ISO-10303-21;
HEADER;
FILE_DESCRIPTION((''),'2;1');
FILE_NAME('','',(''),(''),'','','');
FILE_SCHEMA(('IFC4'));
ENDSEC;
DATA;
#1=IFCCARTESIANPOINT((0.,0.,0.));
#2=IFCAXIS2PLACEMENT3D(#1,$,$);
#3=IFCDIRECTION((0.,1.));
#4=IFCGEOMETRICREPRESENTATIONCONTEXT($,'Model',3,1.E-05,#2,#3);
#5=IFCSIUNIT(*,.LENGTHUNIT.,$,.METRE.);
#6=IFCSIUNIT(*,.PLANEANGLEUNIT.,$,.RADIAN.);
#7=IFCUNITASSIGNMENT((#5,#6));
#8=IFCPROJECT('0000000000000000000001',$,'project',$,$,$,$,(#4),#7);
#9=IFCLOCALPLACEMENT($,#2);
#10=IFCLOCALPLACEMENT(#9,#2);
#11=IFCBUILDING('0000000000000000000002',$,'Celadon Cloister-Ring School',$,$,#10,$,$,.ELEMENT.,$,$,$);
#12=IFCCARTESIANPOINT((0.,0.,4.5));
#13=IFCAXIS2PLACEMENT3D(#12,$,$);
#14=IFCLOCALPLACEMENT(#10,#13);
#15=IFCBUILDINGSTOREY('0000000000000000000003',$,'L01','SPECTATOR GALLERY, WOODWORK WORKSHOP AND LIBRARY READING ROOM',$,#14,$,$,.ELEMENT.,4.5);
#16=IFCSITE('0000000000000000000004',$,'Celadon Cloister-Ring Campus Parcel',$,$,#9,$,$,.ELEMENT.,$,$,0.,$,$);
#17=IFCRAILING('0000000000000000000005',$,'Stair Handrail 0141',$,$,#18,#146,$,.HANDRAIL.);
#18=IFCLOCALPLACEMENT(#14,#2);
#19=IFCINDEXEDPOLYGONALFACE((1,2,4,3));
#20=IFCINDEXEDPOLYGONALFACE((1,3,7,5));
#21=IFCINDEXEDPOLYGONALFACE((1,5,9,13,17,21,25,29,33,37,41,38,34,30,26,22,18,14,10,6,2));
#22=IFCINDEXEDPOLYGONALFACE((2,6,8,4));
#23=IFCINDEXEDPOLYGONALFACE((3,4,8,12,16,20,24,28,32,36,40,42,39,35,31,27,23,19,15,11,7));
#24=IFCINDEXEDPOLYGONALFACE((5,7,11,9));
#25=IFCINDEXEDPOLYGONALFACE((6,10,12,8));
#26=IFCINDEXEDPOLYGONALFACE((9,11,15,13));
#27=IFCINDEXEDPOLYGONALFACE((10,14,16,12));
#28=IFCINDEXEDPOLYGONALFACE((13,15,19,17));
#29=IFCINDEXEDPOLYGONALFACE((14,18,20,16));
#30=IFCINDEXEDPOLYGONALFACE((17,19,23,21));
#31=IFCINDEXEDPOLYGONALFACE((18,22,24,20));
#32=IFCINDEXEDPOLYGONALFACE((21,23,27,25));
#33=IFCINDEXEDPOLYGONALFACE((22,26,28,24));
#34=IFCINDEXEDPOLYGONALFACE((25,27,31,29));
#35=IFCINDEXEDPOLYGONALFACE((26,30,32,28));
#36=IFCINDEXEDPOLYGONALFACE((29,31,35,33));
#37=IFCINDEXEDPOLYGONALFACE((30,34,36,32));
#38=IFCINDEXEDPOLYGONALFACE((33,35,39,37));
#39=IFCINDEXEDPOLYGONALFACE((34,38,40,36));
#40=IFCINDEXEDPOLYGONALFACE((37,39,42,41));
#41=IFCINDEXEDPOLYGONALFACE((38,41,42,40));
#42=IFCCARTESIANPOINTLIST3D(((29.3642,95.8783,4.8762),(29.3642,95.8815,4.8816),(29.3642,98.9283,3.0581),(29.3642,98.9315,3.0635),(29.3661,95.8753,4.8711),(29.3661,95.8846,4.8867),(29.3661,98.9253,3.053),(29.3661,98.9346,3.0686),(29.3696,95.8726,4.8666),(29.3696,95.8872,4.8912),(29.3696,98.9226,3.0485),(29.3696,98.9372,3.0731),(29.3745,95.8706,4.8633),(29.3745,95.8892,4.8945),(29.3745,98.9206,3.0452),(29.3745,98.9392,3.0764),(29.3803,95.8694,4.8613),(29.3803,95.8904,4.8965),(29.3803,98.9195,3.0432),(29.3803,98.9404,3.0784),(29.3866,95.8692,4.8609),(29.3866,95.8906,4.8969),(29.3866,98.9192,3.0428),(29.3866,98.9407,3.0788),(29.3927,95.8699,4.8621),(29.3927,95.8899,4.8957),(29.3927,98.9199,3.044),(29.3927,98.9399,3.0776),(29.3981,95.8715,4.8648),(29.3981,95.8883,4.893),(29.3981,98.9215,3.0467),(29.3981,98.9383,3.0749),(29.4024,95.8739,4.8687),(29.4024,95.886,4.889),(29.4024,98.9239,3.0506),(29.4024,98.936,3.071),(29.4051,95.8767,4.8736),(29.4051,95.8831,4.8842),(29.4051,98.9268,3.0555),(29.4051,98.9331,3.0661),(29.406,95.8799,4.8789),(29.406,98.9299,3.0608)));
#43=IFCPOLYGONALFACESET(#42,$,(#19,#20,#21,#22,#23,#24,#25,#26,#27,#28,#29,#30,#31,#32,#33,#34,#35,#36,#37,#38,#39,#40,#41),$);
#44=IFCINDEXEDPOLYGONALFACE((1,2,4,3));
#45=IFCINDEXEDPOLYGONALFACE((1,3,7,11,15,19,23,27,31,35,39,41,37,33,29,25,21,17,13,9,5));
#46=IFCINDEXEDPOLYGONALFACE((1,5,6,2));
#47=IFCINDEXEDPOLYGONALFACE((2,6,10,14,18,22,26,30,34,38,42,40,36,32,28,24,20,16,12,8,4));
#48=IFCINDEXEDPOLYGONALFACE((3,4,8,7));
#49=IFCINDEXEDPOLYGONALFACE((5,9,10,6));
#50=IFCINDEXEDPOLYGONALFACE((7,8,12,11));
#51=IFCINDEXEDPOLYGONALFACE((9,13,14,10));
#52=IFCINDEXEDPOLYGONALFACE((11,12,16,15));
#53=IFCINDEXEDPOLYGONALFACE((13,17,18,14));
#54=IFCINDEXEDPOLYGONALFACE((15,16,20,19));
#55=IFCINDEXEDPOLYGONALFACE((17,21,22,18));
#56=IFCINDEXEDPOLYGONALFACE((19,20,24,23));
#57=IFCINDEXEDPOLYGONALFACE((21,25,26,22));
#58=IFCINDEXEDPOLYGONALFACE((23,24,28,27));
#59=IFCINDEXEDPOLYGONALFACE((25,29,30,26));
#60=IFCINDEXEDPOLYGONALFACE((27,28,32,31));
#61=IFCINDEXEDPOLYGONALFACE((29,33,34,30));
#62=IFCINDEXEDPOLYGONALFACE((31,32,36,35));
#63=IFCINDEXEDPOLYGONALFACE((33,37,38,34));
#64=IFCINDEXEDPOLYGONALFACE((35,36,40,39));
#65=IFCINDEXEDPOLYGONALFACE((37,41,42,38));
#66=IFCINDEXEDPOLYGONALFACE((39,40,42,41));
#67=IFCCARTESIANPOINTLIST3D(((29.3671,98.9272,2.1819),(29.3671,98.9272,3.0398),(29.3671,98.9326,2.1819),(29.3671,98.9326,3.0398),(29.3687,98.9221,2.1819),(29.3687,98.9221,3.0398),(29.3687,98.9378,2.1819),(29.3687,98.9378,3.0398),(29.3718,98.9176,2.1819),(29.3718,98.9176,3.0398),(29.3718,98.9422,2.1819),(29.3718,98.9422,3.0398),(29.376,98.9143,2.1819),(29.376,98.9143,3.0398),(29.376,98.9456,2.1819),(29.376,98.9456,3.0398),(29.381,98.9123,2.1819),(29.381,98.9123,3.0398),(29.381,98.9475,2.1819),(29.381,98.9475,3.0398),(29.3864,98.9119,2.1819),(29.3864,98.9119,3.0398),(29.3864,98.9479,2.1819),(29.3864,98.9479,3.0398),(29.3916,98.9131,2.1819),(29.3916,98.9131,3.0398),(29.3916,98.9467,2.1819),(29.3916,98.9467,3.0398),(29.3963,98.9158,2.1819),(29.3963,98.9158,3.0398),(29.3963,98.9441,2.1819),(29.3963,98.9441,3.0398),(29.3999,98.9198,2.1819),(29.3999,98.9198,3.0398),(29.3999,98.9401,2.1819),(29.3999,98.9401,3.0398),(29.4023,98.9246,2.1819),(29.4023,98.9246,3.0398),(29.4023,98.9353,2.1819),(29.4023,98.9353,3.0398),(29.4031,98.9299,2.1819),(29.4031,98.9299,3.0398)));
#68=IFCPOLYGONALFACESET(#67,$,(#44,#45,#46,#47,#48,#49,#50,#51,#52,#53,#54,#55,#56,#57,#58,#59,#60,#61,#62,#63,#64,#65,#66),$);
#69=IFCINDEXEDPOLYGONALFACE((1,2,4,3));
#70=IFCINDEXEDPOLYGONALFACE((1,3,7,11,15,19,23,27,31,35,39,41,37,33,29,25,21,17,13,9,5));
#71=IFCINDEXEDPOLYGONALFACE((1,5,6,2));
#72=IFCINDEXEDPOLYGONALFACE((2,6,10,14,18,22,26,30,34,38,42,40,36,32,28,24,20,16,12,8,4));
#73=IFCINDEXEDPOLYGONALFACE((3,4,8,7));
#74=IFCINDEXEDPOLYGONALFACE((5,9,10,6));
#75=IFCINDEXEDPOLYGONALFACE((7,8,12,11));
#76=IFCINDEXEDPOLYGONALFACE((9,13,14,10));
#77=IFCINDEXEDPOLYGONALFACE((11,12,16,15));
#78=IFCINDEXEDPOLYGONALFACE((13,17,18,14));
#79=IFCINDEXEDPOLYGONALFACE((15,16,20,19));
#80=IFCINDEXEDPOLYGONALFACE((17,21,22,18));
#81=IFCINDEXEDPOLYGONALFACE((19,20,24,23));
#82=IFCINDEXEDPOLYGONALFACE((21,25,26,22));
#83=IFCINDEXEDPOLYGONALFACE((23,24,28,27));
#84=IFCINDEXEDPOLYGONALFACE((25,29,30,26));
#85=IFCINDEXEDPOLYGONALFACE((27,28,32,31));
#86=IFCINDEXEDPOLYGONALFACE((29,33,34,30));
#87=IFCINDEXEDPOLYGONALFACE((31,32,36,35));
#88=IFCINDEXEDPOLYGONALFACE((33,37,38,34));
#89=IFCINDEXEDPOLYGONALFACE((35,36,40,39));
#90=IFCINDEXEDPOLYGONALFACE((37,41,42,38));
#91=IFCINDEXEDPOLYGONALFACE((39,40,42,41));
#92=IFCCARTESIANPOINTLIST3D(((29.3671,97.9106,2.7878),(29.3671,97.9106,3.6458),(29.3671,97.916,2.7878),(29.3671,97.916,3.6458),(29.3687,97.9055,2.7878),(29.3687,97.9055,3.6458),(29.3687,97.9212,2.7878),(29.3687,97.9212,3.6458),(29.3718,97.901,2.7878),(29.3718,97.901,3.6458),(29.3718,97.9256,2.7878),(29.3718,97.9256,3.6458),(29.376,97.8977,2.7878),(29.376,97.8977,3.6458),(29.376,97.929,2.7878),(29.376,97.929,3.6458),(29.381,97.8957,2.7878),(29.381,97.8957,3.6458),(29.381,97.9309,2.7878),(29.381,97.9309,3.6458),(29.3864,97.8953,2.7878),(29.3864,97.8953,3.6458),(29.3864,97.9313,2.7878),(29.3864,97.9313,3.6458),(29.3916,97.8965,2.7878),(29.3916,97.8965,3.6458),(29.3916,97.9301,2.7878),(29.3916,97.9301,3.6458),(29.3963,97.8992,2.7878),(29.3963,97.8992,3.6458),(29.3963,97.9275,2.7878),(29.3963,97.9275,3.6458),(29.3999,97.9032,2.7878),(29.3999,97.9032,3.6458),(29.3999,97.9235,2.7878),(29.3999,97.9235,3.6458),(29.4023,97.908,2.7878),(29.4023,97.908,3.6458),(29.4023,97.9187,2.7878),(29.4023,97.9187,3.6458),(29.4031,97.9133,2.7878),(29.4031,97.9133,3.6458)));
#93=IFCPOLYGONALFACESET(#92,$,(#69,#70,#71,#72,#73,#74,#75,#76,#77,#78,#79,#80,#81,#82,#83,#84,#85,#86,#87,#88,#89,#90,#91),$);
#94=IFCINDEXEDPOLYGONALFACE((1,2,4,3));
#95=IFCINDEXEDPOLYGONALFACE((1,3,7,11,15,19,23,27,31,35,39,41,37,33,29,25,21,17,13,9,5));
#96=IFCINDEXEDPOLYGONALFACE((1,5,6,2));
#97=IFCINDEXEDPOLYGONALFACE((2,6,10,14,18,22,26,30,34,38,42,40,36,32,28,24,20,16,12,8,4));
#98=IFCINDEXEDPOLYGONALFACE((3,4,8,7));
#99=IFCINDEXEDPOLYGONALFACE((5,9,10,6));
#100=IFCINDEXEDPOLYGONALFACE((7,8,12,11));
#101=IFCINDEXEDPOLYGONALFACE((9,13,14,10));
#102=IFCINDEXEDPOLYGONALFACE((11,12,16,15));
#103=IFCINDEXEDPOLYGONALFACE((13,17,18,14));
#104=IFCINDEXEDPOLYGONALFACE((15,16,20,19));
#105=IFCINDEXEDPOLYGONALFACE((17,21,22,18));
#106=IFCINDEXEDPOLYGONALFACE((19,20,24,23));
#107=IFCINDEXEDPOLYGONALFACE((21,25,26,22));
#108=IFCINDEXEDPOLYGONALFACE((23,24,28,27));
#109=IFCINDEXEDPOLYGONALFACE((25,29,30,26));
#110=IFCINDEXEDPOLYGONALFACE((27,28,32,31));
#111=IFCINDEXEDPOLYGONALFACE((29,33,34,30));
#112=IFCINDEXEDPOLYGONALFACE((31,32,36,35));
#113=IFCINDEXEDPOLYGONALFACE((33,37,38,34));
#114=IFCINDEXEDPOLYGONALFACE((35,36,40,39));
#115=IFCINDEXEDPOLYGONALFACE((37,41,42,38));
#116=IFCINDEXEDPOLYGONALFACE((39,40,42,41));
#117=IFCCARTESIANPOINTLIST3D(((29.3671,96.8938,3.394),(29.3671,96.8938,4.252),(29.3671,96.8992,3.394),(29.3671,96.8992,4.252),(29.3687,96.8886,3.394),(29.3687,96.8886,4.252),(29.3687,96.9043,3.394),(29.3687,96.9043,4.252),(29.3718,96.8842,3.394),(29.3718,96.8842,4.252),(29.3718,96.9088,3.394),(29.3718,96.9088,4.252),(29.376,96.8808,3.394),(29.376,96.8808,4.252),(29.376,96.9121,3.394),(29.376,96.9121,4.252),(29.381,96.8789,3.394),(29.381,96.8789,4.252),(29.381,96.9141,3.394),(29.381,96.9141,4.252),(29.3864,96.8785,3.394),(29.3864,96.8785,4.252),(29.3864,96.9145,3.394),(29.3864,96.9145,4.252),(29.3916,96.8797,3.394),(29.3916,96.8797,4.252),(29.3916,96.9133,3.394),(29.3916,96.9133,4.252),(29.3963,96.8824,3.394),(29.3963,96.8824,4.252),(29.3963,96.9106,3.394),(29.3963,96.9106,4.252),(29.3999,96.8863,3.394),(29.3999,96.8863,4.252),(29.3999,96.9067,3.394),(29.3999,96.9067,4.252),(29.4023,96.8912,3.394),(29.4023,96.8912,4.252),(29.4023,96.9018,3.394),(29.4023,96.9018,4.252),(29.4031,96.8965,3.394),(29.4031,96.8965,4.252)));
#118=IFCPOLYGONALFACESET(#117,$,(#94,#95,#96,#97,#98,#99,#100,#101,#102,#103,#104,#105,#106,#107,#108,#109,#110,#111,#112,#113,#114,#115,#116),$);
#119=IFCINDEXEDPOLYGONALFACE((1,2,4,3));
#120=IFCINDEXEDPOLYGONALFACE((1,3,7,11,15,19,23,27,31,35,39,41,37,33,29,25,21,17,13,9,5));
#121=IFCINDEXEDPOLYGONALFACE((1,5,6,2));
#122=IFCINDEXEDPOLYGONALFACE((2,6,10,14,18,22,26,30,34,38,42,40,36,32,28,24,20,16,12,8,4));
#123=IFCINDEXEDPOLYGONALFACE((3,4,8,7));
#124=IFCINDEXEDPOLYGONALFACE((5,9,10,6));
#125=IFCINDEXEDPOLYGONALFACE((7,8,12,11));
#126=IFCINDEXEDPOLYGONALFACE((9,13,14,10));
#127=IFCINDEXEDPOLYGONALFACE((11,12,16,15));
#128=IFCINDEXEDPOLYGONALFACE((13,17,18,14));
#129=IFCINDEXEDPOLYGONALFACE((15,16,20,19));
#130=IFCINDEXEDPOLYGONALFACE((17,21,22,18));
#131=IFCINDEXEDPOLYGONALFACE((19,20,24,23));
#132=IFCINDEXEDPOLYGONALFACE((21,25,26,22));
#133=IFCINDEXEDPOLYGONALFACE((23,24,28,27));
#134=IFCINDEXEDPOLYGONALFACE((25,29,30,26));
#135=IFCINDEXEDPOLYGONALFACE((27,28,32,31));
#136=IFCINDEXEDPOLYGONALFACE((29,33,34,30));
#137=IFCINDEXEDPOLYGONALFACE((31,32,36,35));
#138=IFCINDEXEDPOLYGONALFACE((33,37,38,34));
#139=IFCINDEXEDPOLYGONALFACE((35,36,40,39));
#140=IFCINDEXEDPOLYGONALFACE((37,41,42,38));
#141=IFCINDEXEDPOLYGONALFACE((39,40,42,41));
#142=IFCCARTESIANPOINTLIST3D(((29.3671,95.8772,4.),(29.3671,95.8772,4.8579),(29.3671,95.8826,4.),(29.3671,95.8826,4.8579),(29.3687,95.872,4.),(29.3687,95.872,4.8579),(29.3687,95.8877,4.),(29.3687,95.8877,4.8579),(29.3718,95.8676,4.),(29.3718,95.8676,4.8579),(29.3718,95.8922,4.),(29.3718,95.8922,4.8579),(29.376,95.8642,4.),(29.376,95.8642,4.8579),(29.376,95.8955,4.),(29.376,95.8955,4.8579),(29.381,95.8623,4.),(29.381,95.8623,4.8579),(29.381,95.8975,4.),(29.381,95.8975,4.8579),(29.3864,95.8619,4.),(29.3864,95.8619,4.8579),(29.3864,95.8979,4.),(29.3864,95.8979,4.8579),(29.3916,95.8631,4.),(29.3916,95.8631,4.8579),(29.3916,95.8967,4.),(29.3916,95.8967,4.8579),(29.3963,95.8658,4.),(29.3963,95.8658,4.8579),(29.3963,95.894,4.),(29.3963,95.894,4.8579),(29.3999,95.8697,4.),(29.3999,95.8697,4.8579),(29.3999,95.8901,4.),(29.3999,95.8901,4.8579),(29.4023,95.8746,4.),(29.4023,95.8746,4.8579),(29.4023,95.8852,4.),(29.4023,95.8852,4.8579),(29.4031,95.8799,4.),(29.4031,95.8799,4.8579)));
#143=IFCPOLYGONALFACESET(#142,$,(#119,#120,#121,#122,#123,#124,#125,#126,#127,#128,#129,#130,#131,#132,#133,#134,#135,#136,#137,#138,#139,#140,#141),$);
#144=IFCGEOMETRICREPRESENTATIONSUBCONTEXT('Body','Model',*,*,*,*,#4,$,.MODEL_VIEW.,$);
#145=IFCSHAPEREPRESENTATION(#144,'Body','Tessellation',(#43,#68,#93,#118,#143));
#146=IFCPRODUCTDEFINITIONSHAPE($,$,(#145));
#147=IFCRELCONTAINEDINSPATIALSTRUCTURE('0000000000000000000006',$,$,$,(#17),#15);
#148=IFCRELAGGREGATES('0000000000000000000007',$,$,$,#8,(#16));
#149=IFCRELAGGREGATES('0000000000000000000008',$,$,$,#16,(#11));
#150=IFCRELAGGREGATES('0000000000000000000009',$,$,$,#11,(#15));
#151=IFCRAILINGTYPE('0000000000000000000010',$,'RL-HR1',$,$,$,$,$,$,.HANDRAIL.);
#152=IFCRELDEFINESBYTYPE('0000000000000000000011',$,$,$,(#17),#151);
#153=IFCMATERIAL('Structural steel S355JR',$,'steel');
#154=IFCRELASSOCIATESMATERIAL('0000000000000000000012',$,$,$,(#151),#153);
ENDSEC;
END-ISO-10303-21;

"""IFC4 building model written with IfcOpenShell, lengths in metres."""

from ifc_helpers import new_model, si_unit, direction, frame, origin, origin_2d, place, context, subcontext, project, spatial, circle, extrude, material, type_object, element, save


model = new_model("IFC4")

# Units and contexts
model_context = context("Model", 3, precision=1e-05, world=origin(), true_north=direction((0.0, 1.0)))
body_context = subcontext(model_context, "Body", "Model", "MODEL_VIEW")
ifc_project = project(units=[si_unit("LENGTHUNIT", "METRE"), si_unit("PLANEANGLEUNIT", "RADIAN")], contexts=[model_context])

# Site, building, storey
site_placement = place(None, origin())
site = spatial("IfcSite", under=ifc_project, at=site_placement, Name="Celadon Cloister-Ring Campus Parcel", CompositionType="ELEMENT", RefElevation=0.0)
building_placement = place(site_placement, origin())
building = spatial("IfcBuilding", under=site, at=building_placement, Name="Celadon Cloister-Ring School", CompositionType="ELEMENT")
storey_placement = place(building_placement, frame((0.0, 0.0, 4.5)))
storey = spatial("IfcBuildingStorey", under=building, at=storey_placement, Name="L01", Description="SPECTATOR GALLERY, WOODWORK WORKSHOP AND LIBRARY READING ROOM", CompositionType="ELEMENT", Elevation=4.5)

# Railing
ifc_material_1 = material(Name="Structural steel S355JR", Category="steel")
railing_type_1 = type_object("IfcRailingType", Name="RL-HR1", PredefinedType="HANDRAIL", material=ifc_material_1)
for number, where, name in (
    (1, (29.385, 98.9299, 2.1819), "Stair Handrail 0141"),
):
    element("IfcRailing", number, at=place(storey_placement, frame(where)), inside=storey, type_object=railing_type_1, Name=name, PredefinedType="HANDRAIL", context=body_context, shape_type="SweptSolid", body=[
        extrude(circle(Radius=0.021, at=origin_2d()), frame((0.0, 0.0, 0.8789), z_axis=(0.0, -0.85897, 0.512026), x_axis=(1.0, 0.0, 0.0)), (0.0, 0.0, 1.0), 3.5508),
        extrude(circle(Radius=0.0181, at=origin_2d()), origin(), (0.0, 0.0, 1.0), 0.8579),
        extrude(circle(Radius=0.0181, at=origin_2d()), frame((0.0, -1.0166, 0.606)), (0.0, 0.0, 1.0), 0.8579),
        extrude(circle(Radius=0.0181, at=origin_2d()), frame((0.0, -2.0334, 1.2122)), (0.0, 0.0, 1.0), 0.8579),
        extrude(circle(Radius=0.0181, at=origin_2d()), frame((0.0, -3.05, 1.8181)), (0.0, 0.0, 1.0), 0.8579),
    ])

save(model, "model.ifc")
